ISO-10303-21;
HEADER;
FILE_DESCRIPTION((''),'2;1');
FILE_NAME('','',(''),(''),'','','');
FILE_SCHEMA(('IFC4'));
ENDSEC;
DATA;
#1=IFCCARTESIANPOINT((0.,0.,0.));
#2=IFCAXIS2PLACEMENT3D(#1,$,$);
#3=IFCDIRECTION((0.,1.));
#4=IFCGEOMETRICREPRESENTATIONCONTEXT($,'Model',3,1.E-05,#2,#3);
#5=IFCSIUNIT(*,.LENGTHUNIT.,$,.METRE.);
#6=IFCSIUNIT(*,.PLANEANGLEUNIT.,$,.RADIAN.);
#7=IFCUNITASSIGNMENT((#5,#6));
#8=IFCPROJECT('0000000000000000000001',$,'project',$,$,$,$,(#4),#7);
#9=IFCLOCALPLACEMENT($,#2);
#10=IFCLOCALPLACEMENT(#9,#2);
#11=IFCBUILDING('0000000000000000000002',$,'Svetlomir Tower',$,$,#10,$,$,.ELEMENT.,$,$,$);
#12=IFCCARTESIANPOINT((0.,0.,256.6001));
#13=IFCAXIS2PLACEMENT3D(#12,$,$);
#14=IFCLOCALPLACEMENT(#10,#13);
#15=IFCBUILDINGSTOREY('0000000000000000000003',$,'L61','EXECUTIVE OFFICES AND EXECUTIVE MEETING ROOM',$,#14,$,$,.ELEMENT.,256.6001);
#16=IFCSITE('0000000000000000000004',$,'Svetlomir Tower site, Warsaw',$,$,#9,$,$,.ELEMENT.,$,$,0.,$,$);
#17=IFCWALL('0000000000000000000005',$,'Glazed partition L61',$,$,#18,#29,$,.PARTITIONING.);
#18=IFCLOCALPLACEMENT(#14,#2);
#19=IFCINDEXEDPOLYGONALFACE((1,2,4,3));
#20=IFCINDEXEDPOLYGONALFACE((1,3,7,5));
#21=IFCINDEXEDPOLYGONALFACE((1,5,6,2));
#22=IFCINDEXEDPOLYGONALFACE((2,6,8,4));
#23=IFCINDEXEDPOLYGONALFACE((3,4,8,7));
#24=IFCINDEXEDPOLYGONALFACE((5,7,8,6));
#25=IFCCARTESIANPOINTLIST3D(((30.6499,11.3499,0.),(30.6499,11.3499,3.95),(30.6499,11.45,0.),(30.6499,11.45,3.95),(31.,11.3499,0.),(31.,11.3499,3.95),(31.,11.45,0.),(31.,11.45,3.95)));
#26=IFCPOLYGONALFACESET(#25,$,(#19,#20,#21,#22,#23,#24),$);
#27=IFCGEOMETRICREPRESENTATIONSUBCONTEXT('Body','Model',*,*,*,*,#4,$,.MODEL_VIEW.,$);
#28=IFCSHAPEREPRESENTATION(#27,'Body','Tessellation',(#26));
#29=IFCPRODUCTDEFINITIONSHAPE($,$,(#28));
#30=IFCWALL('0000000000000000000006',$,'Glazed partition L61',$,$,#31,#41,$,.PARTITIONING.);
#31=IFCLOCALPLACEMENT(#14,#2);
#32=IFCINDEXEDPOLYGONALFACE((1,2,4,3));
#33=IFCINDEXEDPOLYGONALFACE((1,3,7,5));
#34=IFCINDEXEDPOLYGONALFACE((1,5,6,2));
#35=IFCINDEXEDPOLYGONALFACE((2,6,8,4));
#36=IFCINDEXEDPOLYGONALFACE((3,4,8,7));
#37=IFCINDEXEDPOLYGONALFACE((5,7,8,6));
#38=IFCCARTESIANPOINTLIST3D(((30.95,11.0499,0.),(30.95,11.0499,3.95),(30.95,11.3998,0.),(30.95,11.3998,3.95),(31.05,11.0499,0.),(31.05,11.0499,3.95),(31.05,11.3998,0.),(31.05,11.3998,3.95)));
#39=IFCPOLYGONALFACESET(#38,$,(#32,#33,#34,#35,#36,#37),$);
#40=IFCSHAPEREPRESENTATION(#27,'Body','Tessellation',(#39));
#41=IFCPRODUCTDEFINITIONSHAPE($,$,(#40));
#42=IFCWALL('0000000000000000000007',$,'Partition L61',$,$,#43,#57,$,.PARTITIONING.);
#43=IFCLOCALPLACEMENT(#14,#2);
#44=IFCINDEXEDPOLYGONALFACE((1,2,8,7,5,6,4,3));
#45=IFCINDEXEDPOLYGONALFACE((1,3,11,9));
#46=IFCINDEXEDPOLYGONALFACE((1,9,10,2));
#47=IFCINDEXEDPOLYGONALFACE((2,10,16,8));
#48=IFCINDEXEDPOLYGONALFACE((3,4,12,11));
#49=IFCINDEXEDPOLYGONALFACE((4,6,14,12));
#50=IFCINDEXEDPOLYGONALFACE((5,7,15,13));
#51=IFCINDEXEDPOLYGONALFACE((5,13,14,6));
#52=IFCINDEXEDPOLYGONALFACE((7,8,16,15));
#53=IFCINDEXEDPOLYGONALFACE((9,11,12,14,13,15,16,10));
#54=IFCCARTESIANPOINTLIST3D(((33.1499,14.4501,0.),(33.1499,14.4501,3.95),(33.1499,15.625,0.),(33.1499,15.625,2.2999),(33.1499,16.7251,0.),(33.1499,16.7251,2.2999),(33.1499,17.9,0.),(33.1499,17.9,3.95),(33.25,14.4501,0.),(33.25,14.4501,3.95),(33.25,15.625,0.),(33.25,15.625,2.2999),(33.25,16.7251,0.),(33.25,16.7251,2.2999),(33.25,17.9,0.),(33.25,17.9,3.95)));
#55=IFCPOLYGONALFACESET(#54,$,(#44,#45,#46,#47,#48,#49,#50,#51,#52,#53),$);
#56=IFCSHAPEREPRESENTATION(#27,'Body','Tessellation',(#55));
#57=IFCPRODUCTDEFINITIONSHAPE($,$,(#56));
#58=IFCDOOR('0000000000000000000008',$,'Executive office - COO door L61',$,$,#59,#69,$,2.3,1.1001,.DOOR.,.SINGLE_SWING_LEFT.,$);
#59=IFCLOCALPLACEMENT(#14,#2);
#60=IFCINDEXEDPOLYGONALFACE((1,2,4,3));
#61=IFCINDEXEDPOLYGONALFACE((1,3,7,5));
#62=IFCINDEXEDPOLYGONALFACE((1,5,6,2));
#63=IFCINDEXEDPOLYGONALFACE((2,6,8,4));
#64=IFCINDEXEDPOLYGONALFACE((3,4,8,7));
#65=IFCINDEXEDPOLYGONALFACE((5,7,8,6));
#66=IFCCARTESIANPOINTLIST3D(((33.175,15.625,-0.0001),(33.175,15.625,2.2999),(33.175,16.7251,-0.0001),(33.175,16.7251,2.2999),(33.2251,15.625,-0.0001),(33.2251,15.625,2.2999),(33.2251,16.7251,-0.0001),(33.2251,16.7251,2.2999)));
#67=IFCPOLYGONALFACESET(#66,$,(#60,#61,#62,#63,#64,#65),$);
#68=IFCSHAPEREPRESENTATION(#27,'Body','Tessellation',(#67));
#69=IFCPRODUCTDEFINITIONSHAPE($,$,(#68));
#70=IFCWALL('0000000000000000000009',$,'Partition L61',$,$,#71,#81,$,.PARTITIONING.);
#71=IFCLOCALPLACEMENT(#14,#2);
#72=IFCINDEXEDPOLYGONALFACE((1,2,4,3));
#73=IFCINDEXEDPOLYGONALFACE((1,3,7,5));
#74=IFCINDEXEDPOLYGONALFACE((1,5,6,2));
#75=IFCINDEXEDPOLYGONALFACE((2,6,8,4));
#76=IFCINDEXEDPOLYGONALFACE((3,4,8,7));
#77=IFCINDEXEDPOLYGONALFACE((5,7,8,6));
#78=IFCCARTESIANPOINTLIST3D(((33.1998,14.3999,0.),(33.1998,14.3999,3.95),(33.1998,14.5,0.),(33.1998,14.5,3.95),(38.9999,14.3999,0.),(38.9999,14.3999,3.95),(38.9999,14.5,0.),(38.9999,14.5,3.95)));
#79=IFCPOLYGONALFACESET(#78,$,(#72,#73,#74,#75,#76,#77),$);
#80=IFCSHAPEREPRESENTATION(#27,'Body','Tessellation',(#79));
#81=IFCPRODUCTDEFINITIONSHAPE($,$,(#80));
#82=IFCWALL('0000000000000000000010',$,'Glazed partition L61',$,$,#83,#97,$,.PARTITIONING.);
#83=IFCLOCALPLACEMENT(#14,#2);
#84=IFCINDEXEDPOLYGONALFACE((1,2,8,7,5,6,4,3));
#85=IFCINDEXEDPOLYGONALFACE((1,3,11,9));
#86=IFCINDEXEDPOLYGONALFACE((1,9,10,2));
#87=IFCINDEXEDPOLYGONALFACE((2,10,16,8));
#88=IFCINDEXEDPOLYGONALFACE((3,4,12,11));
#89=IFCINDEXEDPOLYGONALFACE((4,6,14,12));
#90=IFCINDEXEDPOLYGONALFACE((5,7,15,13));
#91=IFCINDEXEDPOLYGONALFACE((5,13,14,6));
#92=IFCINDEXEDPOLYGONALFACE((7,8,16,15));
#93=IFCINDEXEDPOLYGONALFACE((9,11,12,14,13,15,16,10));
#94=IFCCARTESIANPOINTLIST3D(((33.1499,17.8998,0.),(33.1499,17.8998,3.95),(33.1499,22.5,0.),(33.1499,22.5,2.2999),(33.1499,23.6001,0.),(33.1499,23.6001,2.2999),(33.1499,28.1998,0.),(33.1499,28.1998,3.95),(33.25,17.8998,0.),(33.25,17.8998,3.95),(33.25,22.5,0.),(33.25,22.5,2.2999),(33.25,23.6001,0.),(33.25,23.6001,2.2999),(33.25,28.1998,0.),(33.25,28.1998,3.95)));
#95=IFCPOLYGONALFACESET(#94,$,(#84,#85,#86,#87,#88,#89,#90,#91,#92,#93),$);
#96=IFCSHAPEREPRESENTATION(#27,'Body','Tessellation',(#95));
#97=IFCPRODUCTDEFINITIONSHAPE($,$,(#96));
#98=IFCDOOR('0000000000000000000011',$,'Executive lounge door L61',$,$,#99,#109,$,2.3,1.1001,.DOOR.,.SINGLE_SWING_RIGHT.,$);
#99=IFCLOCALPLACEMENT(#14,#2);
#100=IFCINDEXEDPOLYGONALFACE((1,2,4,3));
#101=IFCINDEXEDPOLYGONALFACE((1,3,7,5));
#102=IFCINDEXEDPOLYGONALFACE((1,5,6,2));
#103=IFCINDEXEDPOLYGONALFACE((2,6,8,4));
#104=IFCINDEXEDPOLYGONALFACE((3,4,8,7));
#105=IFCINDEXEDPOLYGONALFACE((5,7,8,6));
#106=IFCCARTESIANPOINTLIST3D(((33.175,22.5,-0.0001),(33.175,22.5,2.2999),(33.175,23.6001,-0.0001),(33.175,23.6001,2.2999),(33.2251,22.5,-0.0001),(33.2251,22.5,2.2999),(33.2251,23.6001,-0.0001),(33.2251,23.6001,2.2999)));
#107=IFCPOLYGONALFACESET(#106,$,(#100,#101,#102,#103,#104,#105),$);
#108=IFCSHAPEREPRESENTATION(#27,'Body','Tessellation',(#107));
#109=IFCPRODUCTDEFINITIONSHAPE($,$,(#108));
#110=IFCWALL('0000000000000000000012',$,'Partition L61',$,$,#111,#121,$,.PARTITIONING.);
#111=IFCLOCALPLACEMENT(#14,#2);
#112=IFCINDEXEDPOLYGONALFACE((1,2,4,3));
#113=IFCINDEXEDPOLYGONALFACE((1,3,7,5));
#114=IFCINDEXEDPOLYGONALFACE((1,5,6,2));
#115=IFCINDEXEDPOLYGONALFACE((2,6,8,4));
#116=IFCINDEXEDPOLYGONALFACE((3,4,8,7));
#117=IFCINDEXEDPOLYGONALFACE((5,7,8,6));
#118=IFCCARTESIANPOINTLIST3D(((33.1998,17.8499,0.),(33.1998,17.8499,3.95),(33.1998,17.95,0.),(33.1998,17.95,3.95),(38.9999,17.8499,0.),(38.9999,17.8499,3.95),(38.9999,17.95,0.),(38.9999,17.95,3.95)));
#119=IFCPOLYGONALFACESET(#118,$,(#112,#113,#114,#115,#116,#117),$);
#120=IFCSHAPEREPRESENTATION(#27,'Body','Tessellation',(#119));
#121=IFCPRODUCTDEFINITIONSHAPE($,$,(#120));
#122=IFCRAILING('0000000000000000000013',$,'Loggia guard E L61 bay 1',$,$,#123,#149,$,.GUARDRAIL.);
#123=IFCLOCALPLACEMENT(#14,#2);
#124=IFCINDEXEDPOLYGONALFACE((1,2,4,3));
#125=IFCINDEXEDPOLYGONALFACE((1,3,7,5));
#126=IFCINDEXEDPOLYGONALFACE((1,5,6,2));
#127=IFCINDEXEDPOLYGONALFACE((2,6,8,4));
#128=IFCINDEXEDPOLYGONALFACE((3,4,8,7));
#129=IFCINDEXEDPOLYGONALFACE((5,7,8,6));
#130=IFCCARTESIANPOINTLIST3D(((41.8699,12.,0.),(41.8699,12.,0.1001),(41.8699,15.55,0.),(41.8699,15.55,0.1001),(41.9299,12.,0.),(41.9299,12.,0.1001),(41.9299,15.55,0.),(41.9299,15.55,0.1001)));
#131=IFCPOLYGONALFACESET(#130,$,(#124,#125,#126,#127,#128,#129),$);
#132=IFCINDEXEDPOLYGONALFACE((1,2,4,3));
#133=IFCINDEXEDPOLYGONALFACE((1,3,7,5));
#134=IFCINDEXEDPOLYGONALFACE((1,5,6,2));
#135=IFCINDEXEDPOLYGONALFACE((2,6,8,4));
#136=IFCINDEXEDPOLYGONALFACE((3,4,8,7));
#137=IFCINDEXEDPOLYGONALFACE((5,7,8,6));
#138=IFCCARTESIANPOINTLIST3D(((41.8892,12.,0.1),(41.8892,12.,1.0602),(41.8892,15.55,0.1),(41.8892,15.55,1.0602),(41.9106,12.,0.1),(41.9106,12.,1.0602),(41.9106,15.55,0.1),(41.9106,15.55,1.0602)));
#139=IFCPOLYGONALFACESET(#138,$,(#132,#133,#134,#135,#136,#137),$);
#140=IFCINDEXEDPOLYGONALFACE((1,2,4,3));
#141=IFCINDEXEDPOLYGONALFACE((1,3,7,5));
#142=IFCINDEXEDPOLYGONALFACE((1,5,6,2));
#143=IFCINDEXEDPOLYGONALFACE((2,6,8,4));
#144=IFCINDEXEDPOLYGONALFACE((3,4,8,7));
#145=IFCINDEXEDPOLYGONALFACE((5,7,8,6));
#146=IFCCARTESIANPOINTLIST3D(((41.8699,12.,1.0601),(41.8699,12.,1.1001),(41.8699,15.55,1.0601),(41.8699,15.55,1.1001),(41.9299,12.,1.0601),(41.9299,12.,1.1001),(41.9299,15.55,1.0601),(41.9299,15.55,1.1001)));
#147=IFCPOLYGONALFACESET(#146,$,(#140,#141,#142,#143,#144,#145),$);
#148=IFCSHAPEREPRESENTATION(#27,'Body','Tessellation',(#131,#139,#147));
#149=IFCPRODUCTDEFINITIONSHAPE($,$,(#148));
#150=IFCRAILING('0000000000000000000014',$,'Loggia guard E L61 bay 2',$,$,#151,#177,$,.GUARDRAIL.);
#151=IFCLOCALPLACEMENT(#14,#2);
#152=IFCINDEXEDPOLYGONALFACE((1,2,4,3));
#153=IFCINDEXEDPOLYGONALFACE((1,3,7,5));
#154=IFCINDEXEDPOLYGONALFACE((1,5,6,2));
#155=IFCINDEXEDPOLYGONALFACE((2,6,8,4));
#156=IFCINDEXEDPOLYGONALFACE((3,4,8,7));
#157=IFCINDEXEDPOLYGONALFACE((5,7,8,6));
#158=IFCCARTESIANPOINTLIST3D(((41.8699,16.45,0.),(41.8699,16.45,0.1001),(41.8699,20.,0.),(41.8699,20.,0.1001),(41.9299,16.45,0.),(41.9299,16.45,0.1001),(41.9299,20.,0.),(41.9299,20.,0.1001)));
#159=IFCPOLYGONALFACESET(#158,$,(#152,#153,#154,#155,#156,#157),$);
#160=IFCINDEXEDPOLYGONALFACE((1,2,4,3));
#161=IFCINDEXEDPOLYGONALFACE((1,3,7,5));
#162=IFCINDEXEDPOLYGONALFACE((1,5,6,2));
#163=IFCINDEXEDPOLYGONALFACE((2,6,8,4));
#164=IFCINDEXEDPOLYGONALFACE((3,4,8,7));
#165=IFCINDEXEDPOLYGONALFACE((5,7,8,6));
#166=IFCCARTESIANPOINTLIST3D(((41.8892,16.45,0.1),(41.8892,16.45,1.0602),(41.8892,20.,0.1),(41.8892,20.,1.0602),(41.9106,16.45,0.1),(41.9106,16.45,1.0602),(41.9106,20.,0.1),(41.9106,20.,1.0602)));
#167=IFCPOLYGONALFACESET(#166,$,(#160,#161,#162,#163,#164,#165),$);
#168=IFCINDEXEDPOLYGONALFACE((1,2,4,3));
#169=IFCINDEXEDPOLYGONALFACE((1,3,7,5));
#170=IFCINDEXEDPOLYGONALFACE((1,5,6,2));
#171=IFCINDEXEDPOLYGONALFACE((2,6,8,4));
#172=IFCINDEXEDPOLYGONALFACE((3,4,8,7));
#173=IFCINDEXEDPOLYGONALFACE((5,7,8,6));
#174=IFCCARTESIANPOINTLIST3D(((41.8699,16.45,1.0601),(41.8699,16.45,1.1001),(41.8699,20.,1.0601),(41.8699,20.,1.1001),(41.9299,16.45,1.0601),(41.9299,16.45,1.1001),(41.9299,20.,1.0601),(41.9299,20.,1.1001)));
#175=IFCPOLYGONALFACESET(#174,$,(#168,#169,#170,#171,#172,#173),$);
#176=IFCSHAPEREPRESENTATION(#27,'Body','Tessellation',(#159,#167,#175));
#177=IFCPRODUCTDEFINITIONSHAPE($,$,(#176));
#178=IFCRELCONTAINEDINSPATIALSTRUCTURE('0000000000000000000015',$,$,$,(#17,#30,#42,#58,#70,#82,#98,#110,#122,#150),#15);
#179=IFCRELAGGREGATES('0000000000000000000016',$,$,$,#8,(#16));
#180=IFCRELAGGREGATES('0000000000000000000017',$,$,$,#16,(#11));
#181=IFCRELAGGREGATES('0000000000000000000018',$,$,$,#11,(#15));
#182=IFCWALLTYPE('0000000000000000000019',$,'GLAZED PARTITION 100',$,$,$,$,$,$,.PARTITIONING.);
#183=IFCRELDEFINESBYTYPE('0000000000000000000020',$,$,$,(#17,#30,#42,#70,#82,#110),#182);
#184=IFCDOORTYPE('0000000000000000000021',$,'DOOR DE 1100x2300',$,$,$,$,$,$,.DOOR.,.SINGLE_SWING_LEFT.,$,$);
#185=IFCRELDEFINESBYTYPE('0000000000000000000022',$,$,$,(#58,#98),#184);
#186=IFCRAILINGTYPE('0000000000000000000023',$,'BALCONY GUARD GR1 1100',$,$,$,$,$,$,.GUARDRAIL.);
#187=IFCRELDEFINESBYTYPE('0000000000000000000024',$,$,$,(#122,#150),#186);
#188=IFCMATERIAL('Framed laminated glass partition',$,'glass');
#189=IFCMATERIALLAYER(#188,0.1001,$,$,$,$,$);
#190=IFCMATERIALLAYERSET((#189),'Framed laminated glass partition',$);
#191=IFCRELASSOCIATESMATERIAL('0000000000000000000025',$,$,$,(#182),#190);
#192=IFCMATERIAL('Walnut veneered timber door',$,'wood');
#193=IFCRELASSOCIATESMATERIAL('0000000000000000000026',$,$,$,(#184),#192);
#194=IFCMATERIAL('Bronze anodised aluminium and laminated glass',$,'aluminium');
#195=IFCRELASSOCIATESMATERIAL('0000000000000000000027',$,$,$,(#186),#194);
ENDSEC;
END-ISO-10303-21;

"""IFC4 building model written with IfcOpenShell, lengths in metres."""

from ifc_helpers import new_model, si_unit, direction, frame, frame_2d, origin, origin_2d, place, context, subcontext, project, spatial, rectangle, extrude, material, layer, layer_set, type_object, element, fill, save


model = new_model("IFC4")

# Units and contexts
model_context = context("Model", 3, precision=1e-05, world=origin(), true_north=direction((0.0, 1.0)))
body_context = subcontext(model_context, "Body", "Model", "MODEL_VIEW")
ifc_project = project(units=[si_unit("LENGTHUNIT", "METRE"), si_unit("PLANEANGLEUNIT", "RADIAN")], contexts=[model_context])

# Site, building, storey
site_placement = place(None, origin())
site = spatial("IfcSite", under=ifc_project, at=site_placement, Name="Svetlomir Tower site, Warsaw", CompositionType="ELEMENT", RefElevation=0.0)
building_placement = place(site_placement, origin())
building = spatial("IfcBuilding", under=site, at=building_placement, Name="Svetlomir Tower", CompositionType="ELEMENT")
storey_placement = place(building_placement, frame((0.0, 0.0, 256.6001)))
storey = spatial("IfcBuildingStorey", under=building, at=storey_placement, Name="L61", Description="EXECUTIVE OFFICES AND EXECUTIVE MEETING ROOM", CompositionType="ELEMENT", Elevation=256.6001)

# Walls
ifc_material_1 = material(Name="Framed laminated glass partition", Category="glass")
ifc_layer_1 = layer(ifc_material_1, 0.1001)
ifc_layer_set_1 = layer_set([ifc_layer_1], Name="Framed laminated glass partition")
wall_type_1 = type_object("IfcWallType", Name="GLAZED PARTITION 100", PredefinedType="PARTITIONING", material=ifc_layer_set_1)
wall_1_placement = place(storey_placement, frame((30.6499, 11.3999, 0.0), z_axis=(0.0, 0.0, 1.0), x_axis=(1.0, 0.0, 0.0)))
element("IfcWall", 1, at=wall_1_placement, inside=storey, type_object=wall_type_1, Name="Glazed partition L61", PredefinedType="PARTITIONING", context=body_context, shape_type="SweptSolid", body=[
    extrude(rectangle(XDim=0.3501, YDim=0.1001, at=frame_2d((0.175, 0.0))), origin(), (0.0, 0.0, 1.0), 3.95),
])
wall_2_placement = place(storey_placement, frame((31.0, 11.05, 0.0), z_axis=(0.0, 0.0, 1.0), x_axis=(0.0, 1.0, 0.0)))
element("IfcWall", 2, at=wall_2_placement, inside=storey, type_object=wall_type_1, Name="Glazed partition L61", PredefinedType="PARTITIONING", context=body_context, shape_type="SweptSolid", body=[
    extrude(rectangle(XDim=0.3499, YDim=0.1001, at=frame_2d((0.1748, 0.0))), origin(), (0.0, 0.0, 1.0), 3.95),
])

# Wall, opening, door
wall_3_placement = place(storey_placement, frame((33.2, 14.45, 0.0), z_axis=(0.0, 0.0, 1.0), x_axis=(0.0, 1.0, 0.0)))
wall_3 = element("IfcWall", 3, at=wall_3_placement, inside=storey, type_object=wall_type_1, Name="Partition L61", PredefinedType="PARTITIONING", context=body_context, shape_type="SweptSolid", body=[
    extrude(rectangle(XDim=3.45, YDim=0.1001, at=frame_2d((1.7251, 0.0))), origin(), (0.0, 0.0, 1.0), 3.95),
])
opening_1_placement = place(wall_3_placement, frame((1.175, 0.0, 0.0)))
opening_1 = element("IfcOpeningElement", 4, at=opening_1_placement, cuts=wall_3, PredefinedType="OPENING", context=body_context, shape_type="SweptSolid", body=[
    extrude(rectangle(XDim=1.1001, YDim=2.3, at=frame_2d((0.55, 1.1499))), frame((0.0, 0.0601, 0.0), z_axis=(0.0, -1.0, 0.0), x_axis=(1.0, 0.0, 0.0)), (0.0, 0.0, 1.0), 0.1201),
])
ifc_material_2 = material(Name="Walnut veneered timber door", Category="wood")
door_type_1 = type_object("IfcDoorType", Name="DOOR DE 1100x2300", OperationType="SINGLE_SWING_LEFT", PredefinedType="DOOR", material=ifc_material_2)
door_1_placement = place(opening_1_placement, origin())
door_1 = element("IfcDoor", 5, at=door_1_placement, inside=storey, type_object=door_type_1, Name="Executive office - COO door L61", OperationType="SINGLE_SWING_LEFT", OverallHeight=2.3, OverallWidth=1.1001, PredefinedType="DOOR", context=body_context, shape_type="SweptSolid", body=[
    extrude(rectangle(XDim=1.1001, YDim=2.3, at=frame_2d((0.55, 1.1499))), frame((0.0, 0.0249, 0.0), z_axis=(0.0, -1.0, 0.0), x_axis=(1.0, 0.0, 0.0)), (0.0, 0.0, 1.0), 0.05),
])
fill(opening_1, door_1)

# Wall
wall_4_placement = place(storey_placement, frame((33.2, 14.45, 0.0), z_axis=(0.0, 0.0, 1.0), x_axis=(1.0, 0.0, 0.0)))
element("IfcWall", 6, at=wall_4_placement, inside=storey, type_object=wall_type_1, Name="Partition L61", PredefinedType="PARTITIONING", context=body_context, shape_type="SweptSolid", body=[
    extrude(rectangle(XDim=5.8, YDim=0.1001, at=frame_2d((2.8999, 0.0))), origin(), (0.0, 0.0, 1.0), 3.95),
])

# Wall, opening, door
wall_5_placement = place(storey_placement, frame((33.2, 17.8999, 0.0), z_axis=(0.0, 0.0, 1.0), x_axis=(0.0, 1.0, 0.0)))
wall_5 = element("IfcWall", 7, at=wall_5_placement, inside=storey, type_object=wall_type_1, Name="Glazed partition L61", PredefinedType="PARTITIONING", context=body_context, shape_type="SweptSolid", body=[
    extrude(rectangle(XDim=10.3, YDim=0.1001, at=frame_2d((5.1499, 0.0))), origin(), (0.0, 0.0, 1.0), 3.95),
])
opening_2_placement = place(wall_5_placement, frame((4.6001, 0.0, 0.0)))
opening_2 = element("IfcOpeningElement", 8, at=opening_2_placement, cuts=wall_5, PredefinedType="OPENING", context=body_context, shape_type="SweptSolid", body=[
    extrude(rectangle(XDim=1.1001, YDim=2.3, at=frame_2d((0.55, 1.1499))), frame((0.0, 0.0601, 0.0), z_axis=(0.0, -1.0, 0.0), x_axis=(1.0, 0.0, 0.0)), (0.0, 0.0, 1.0), 0.1201),
])
door_2_placement = place(opening_2_placement, origin())
door_2 = element("IfcDoor", 9, at=door_2_placement, inside=storey, type_object=door_type_1, Name="Executive lounge door L61", OperationType="SINGLE_SWING_RIGHT", OverallHeight=2.3, OverallWidth=1.1001, PredefinedType="DOOR", context=body_context, shape_type="SweptSolid", body=[
    extrude(rectangle(XDim=1.1001, YDim=2.3, at=frame_2d((0.55, 1.1499))), frame((0.0, 0.0249, 0.0), z_axis=(0.0, -1.0, 0.0), x_axis=(1.0, 0.0, 0.0)), (0.0, 0.0, 1.0), 0.05),
])
fill(opening_2, door_2)

# Wall
wall_6_placement = place(storey_placement, frame((33.2, 17.8999, 0.0), z_axis=(0.0, 0.0, 1.0), x_axis=(1.0, 0.0, 0.0)))
element("IfcWall", 10, at=wall_6_placement, inside=storey, type_object=wall_type_1, Name="Partition L61", PredefinedType="PARTITIONING", context=body_context, shape_type="SweptSolid", body=[
    extrude(rectangle(XDim=5.8, YDim=0.1001, at=frame_2d((2.8999, 0.0))), origin(), (0.0, 0.0, 1.0), 3.95),
])

# Railings
ifc_material_3 = material(Name="Bronze anodised aluminium and laminated glass", Category="aluminium")
railing_type = type_object("IfcRailingType", Name="BALCONY GUARD GR1 1100", PredefinedType="GUARDRAIL", material=ifc_material_3)
for number, where, name in (
    (11, (41.8999, 12.0, 0.0), "Loggia guard E L61 bay 1"),
    (12, (41.8999, 16.45, 0.0), "Loggia guard E L61 bay 2"),
):
    element("IfcRailing", number, at=place(storey_placement, frame(where)), inside=storey, type_object=railing_type, Name=name, PredefinedType="GUARDRAIL", context=body_context, shape_type="SweptSolid", body=[
        extrude(rectangle(XDim=0.0601, YDim=0.1001, at=origin_2d()), frame((0.0, 0.0, 0.05), z_axis=(0.0, 1.0, 0.0), x_axis=(-1.0, 0.0, 0.0)), (0.0, 0.0, 1.0), 3.55),
        extrude(rectangle(XDim=0.0215, YDim=0.9602, at=origin_2d()), frame((0.0, 0.0, 0.5801), z_axis=(0.0, 1.0, 0.0), x_axis=(-1.0, 0.0, 0.0)), (0.0, 0.0, 1.0), 3.55),
        extrude(rectangle(XDim=0.0601, YDim=0.04, at=origin_2d()), frame((0.0, 0.0, 1.0801), z_axis=(0.0, 1.0, 0.0), x_axis=(-1.0, 0.0, 0.0)), (0.0, 0.0, 1.0), 3.55),
    ])

save(model, "model.ifc")
